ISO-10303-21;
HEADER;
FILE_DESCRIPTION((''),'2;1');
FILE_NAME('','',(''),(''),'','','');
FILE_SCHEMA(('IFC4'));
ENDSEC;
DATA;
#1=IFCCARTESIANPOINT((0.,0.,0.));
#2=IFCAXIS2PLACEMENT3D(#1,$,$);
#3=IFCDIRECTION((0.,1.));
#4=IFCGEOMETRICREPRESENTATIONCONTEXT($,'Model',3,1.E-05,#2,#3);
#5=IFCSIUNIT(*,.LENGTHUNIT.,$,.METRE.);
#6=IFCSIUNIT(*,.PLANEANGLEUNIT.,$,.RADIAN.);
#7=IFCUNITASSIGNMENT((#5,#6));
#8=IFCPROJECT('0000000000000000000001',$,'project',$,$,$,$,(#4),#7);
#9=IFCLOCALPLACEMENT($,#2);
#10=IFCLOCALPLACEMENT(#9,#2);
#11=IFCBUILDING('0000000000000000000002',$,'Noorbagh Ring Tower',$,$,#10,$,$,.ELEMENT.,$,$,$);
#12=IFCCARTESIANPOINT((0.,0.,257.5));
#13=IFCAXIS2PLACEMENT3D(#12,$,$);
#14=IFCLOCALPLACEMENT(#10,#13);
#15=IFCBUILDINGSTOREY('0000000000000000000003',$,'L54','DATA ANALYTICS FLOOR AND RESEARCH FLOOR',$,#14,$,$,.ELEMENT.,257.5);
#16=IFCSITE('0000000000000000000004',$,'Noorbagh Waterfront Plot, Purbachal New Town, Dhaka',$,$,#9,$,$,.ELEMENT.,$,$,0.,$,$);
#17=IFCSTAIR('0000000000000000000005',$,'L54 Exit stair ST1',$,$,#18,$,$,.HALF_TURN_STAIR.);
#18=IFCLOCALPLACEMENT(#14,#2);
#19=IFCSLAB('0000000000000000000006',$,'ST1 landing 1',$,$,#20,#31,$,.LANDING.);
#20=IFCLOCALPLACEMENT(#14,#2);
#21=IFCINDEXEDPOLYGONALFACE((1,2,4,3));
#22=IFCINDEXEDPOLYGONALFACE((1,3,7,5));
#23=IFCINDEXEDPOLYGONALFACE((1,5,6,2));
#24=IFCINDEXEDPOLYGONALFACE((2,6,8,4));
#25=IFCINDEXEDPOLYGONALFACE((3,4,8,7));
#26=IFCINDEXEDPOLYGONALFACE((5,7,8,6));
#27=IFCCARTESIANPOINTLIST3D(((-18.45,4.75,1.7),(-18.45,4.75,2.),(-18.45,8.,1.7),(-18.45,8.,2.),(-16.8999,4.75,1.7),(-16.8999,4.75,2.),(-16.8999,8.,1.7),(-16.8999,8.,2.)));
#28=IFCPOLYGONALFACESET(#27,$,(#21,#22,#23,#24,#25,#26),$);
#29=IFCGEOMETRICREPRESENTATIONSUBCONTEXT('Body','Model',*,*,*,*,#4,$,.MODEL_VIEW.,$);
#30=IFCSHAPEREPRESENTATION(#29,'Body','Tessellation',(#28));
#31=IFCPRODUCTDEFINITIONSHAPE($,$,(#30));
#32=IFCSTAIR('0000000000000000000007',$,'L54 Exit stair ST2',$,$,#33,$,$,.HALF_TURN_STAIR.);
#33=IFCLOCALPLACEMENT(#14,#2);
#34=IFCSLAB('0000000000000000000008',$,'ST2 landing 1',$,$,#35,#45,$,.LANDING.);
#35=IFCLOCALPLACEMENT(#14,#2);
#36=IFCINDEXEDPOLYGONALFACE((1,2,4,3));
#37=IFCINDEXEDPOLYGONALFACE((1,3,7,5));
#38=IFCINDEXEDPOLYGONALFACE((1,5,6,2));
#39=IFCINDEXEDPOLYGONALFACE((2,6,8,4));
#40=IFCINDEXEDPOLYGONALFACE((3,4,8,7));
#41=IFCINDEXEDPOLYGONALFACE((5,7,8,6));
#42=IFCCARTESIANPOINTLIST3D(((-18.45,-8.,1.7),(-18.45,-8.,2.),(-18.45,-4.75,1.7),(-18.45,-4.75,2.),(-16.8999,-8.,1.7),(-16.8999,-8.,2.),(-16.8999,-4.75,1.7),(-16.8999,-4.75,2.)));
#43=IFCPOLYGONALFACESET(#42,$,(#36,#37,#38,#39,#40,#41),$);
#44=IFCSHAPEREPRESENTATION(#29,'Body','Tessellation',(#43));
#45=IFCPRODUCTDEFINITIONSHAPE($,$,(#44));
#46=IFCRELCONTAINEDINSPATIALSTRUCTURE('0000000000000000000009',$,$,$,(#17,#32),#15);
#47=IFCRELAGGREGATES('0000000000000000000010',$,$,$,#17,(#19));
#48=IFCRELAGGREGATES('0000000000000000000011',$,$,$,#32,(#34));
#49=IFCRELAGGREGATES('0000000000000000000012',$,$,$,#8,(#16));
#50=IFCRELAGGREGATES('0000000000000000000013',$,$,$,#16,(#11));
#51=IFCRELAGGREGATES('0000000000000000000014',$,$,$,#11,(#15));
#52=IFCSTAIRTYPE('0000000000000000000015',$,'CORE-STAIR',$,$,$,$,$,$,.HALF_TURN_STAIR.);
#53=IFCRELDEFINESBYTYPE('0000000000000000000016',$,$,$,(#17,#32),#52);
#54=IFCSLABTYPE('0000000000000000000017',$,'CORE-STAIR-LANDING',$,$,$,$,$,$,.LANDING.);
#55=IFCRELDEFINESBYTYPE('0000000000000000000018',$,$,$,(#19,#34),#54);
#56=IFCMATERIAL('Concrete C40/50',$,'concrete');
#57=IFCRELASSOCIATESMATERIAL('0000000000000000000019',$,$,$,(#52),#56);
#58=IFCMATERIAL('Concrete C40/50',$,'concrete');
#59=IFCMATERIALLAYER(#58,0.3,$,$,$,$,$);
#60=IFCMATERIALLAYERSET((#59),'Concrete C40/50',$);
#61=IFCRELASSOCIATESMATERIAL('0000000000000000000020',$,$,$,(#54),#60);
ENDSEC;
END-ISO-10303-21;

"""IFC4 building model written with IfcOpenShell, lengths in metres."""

from ifc_helpers import new_model, si_unit, direction, frame, origin, place, context, subcontext, project, spatial, polyline, outline, extrude, material, layer, layer_set, type_object, element, aggregate, save


model = new_model("IFC4")

# Units and contexts
model_context = context("Model", 3, precision=1e-05, world=origin(), true_north=direction((0.0, 1.0)))
body_context = subcontext(model_context, "Body", "Model", "MODEL_VIEW")
ifc_project = project(units=[si_unit("LENGTHUNIT", "METRE"), si_unit("PLANEANGLEUNIT", "RADIAN")], contexts=[model_context])

# Site, building, storey
site_placement = place(None, origin())
site = spatial("IfcSite", under=ifc_project, at=site_placement, Name="Noorbagh Waterfront Plot, Purbachal New Town, Dhaka", CompositionType="ELEMENT", RefElevation=0.0)
building_placement = place(site_placement, origin())
building = spatial("IfcBuilding", under=site, at=building_placement, Name="Noorbagh Ring Tower", CompositionType="ELEMENT")
storey_placement = place(building_placement, frame((0.0, 0.0, 257.5)))
storey = spatial("IfcBuildingStorey", under=building, at=storey_placement, Name="L54", Description="DATA ANALYTICS FLOOR AND RESEARCH FLOOR", CompositionType="ELEMENT", Elevation=257.5)

# Stairs, slabs
ifc_material_1 = material(Name="Concrete C40/50", Category="concrete")
stair_type = type_object("IfcStairType", Name="CORE-STAIR", PredefinedType="HALF_TURN_STAIR", material=ifc_material_1)
stair_1_placement = place(storey_placement, origin())
stair_1 = element("IfcStair", 1, at=stair_1_placement, inside=storey, type_object=stair_type, Name="L54 Exit stair ST1", PredefinedType="HALF_TURN_STAIR")
ifc_material_2 = material(Name="Concrete C40/50", Category="concrete")
ifc_layer_1 = layer(ifc_material_2, 0.3)
ifc_layer_set_1 = layer_set([ifc_layer_1], Name="Concrete C40/50")
slab_type_1 = type_object("IfcSlabType", Name="CORE-STAIR-LANDING", PredefinedType="LANDING", material=ifc_layer_set_1)
slab_1_placement = place(storey_placement, frame((0.0, 0.0, 1.7)))
slab_1 = element("IfcSlab", 2, at=slab_1_placement, type_object=slab_type_1, Name="ST1 landing 1", PredefinedType="LANDING", context=body_context, shape_type="SweptSolid", body=[
    extrude(outline(polyline([(-18.45, 4.75), (-16.8999, 4.75), (-16.8999, 8.0), (-18.45, 8.0), (-18.45, 4.75)])), origin(), (0.0, 0.0, 1.0), 0.3),
])
aggregate(stair_1, [slab_1])
stair_2_placement = place(storey_placement, origin())
stair_2 = element("IfcStair", 3, at=stair_2_placement, inside=storey, type_object=stair_type, Name="L54 Exit stair ST2", PredefinedType="HALF_TURN_STAIR")
slab_2_placement = place(storey_placement, frame((0.0, 0.0, 1.7)))
slab_2 = element("IfcSlab", 4, at=slab_2_placement, type_object=slab_type_1, Name="ST2 landing 1", PredefinedType="LANDING", context=body_context, shape_type="SweptSolid", body=[
    extrude(outline(polyline([(-18.45, -8.0), (-16.8999, -8.0), (-16.8999, -4.75), (-18.45, -4.75), (-18.45, -8.0)])), origin(), (0.0, 0.0, 1.0), 0.3),
])
aggregate(stair_2, [slab_2])

save(model, "model.ifc")
